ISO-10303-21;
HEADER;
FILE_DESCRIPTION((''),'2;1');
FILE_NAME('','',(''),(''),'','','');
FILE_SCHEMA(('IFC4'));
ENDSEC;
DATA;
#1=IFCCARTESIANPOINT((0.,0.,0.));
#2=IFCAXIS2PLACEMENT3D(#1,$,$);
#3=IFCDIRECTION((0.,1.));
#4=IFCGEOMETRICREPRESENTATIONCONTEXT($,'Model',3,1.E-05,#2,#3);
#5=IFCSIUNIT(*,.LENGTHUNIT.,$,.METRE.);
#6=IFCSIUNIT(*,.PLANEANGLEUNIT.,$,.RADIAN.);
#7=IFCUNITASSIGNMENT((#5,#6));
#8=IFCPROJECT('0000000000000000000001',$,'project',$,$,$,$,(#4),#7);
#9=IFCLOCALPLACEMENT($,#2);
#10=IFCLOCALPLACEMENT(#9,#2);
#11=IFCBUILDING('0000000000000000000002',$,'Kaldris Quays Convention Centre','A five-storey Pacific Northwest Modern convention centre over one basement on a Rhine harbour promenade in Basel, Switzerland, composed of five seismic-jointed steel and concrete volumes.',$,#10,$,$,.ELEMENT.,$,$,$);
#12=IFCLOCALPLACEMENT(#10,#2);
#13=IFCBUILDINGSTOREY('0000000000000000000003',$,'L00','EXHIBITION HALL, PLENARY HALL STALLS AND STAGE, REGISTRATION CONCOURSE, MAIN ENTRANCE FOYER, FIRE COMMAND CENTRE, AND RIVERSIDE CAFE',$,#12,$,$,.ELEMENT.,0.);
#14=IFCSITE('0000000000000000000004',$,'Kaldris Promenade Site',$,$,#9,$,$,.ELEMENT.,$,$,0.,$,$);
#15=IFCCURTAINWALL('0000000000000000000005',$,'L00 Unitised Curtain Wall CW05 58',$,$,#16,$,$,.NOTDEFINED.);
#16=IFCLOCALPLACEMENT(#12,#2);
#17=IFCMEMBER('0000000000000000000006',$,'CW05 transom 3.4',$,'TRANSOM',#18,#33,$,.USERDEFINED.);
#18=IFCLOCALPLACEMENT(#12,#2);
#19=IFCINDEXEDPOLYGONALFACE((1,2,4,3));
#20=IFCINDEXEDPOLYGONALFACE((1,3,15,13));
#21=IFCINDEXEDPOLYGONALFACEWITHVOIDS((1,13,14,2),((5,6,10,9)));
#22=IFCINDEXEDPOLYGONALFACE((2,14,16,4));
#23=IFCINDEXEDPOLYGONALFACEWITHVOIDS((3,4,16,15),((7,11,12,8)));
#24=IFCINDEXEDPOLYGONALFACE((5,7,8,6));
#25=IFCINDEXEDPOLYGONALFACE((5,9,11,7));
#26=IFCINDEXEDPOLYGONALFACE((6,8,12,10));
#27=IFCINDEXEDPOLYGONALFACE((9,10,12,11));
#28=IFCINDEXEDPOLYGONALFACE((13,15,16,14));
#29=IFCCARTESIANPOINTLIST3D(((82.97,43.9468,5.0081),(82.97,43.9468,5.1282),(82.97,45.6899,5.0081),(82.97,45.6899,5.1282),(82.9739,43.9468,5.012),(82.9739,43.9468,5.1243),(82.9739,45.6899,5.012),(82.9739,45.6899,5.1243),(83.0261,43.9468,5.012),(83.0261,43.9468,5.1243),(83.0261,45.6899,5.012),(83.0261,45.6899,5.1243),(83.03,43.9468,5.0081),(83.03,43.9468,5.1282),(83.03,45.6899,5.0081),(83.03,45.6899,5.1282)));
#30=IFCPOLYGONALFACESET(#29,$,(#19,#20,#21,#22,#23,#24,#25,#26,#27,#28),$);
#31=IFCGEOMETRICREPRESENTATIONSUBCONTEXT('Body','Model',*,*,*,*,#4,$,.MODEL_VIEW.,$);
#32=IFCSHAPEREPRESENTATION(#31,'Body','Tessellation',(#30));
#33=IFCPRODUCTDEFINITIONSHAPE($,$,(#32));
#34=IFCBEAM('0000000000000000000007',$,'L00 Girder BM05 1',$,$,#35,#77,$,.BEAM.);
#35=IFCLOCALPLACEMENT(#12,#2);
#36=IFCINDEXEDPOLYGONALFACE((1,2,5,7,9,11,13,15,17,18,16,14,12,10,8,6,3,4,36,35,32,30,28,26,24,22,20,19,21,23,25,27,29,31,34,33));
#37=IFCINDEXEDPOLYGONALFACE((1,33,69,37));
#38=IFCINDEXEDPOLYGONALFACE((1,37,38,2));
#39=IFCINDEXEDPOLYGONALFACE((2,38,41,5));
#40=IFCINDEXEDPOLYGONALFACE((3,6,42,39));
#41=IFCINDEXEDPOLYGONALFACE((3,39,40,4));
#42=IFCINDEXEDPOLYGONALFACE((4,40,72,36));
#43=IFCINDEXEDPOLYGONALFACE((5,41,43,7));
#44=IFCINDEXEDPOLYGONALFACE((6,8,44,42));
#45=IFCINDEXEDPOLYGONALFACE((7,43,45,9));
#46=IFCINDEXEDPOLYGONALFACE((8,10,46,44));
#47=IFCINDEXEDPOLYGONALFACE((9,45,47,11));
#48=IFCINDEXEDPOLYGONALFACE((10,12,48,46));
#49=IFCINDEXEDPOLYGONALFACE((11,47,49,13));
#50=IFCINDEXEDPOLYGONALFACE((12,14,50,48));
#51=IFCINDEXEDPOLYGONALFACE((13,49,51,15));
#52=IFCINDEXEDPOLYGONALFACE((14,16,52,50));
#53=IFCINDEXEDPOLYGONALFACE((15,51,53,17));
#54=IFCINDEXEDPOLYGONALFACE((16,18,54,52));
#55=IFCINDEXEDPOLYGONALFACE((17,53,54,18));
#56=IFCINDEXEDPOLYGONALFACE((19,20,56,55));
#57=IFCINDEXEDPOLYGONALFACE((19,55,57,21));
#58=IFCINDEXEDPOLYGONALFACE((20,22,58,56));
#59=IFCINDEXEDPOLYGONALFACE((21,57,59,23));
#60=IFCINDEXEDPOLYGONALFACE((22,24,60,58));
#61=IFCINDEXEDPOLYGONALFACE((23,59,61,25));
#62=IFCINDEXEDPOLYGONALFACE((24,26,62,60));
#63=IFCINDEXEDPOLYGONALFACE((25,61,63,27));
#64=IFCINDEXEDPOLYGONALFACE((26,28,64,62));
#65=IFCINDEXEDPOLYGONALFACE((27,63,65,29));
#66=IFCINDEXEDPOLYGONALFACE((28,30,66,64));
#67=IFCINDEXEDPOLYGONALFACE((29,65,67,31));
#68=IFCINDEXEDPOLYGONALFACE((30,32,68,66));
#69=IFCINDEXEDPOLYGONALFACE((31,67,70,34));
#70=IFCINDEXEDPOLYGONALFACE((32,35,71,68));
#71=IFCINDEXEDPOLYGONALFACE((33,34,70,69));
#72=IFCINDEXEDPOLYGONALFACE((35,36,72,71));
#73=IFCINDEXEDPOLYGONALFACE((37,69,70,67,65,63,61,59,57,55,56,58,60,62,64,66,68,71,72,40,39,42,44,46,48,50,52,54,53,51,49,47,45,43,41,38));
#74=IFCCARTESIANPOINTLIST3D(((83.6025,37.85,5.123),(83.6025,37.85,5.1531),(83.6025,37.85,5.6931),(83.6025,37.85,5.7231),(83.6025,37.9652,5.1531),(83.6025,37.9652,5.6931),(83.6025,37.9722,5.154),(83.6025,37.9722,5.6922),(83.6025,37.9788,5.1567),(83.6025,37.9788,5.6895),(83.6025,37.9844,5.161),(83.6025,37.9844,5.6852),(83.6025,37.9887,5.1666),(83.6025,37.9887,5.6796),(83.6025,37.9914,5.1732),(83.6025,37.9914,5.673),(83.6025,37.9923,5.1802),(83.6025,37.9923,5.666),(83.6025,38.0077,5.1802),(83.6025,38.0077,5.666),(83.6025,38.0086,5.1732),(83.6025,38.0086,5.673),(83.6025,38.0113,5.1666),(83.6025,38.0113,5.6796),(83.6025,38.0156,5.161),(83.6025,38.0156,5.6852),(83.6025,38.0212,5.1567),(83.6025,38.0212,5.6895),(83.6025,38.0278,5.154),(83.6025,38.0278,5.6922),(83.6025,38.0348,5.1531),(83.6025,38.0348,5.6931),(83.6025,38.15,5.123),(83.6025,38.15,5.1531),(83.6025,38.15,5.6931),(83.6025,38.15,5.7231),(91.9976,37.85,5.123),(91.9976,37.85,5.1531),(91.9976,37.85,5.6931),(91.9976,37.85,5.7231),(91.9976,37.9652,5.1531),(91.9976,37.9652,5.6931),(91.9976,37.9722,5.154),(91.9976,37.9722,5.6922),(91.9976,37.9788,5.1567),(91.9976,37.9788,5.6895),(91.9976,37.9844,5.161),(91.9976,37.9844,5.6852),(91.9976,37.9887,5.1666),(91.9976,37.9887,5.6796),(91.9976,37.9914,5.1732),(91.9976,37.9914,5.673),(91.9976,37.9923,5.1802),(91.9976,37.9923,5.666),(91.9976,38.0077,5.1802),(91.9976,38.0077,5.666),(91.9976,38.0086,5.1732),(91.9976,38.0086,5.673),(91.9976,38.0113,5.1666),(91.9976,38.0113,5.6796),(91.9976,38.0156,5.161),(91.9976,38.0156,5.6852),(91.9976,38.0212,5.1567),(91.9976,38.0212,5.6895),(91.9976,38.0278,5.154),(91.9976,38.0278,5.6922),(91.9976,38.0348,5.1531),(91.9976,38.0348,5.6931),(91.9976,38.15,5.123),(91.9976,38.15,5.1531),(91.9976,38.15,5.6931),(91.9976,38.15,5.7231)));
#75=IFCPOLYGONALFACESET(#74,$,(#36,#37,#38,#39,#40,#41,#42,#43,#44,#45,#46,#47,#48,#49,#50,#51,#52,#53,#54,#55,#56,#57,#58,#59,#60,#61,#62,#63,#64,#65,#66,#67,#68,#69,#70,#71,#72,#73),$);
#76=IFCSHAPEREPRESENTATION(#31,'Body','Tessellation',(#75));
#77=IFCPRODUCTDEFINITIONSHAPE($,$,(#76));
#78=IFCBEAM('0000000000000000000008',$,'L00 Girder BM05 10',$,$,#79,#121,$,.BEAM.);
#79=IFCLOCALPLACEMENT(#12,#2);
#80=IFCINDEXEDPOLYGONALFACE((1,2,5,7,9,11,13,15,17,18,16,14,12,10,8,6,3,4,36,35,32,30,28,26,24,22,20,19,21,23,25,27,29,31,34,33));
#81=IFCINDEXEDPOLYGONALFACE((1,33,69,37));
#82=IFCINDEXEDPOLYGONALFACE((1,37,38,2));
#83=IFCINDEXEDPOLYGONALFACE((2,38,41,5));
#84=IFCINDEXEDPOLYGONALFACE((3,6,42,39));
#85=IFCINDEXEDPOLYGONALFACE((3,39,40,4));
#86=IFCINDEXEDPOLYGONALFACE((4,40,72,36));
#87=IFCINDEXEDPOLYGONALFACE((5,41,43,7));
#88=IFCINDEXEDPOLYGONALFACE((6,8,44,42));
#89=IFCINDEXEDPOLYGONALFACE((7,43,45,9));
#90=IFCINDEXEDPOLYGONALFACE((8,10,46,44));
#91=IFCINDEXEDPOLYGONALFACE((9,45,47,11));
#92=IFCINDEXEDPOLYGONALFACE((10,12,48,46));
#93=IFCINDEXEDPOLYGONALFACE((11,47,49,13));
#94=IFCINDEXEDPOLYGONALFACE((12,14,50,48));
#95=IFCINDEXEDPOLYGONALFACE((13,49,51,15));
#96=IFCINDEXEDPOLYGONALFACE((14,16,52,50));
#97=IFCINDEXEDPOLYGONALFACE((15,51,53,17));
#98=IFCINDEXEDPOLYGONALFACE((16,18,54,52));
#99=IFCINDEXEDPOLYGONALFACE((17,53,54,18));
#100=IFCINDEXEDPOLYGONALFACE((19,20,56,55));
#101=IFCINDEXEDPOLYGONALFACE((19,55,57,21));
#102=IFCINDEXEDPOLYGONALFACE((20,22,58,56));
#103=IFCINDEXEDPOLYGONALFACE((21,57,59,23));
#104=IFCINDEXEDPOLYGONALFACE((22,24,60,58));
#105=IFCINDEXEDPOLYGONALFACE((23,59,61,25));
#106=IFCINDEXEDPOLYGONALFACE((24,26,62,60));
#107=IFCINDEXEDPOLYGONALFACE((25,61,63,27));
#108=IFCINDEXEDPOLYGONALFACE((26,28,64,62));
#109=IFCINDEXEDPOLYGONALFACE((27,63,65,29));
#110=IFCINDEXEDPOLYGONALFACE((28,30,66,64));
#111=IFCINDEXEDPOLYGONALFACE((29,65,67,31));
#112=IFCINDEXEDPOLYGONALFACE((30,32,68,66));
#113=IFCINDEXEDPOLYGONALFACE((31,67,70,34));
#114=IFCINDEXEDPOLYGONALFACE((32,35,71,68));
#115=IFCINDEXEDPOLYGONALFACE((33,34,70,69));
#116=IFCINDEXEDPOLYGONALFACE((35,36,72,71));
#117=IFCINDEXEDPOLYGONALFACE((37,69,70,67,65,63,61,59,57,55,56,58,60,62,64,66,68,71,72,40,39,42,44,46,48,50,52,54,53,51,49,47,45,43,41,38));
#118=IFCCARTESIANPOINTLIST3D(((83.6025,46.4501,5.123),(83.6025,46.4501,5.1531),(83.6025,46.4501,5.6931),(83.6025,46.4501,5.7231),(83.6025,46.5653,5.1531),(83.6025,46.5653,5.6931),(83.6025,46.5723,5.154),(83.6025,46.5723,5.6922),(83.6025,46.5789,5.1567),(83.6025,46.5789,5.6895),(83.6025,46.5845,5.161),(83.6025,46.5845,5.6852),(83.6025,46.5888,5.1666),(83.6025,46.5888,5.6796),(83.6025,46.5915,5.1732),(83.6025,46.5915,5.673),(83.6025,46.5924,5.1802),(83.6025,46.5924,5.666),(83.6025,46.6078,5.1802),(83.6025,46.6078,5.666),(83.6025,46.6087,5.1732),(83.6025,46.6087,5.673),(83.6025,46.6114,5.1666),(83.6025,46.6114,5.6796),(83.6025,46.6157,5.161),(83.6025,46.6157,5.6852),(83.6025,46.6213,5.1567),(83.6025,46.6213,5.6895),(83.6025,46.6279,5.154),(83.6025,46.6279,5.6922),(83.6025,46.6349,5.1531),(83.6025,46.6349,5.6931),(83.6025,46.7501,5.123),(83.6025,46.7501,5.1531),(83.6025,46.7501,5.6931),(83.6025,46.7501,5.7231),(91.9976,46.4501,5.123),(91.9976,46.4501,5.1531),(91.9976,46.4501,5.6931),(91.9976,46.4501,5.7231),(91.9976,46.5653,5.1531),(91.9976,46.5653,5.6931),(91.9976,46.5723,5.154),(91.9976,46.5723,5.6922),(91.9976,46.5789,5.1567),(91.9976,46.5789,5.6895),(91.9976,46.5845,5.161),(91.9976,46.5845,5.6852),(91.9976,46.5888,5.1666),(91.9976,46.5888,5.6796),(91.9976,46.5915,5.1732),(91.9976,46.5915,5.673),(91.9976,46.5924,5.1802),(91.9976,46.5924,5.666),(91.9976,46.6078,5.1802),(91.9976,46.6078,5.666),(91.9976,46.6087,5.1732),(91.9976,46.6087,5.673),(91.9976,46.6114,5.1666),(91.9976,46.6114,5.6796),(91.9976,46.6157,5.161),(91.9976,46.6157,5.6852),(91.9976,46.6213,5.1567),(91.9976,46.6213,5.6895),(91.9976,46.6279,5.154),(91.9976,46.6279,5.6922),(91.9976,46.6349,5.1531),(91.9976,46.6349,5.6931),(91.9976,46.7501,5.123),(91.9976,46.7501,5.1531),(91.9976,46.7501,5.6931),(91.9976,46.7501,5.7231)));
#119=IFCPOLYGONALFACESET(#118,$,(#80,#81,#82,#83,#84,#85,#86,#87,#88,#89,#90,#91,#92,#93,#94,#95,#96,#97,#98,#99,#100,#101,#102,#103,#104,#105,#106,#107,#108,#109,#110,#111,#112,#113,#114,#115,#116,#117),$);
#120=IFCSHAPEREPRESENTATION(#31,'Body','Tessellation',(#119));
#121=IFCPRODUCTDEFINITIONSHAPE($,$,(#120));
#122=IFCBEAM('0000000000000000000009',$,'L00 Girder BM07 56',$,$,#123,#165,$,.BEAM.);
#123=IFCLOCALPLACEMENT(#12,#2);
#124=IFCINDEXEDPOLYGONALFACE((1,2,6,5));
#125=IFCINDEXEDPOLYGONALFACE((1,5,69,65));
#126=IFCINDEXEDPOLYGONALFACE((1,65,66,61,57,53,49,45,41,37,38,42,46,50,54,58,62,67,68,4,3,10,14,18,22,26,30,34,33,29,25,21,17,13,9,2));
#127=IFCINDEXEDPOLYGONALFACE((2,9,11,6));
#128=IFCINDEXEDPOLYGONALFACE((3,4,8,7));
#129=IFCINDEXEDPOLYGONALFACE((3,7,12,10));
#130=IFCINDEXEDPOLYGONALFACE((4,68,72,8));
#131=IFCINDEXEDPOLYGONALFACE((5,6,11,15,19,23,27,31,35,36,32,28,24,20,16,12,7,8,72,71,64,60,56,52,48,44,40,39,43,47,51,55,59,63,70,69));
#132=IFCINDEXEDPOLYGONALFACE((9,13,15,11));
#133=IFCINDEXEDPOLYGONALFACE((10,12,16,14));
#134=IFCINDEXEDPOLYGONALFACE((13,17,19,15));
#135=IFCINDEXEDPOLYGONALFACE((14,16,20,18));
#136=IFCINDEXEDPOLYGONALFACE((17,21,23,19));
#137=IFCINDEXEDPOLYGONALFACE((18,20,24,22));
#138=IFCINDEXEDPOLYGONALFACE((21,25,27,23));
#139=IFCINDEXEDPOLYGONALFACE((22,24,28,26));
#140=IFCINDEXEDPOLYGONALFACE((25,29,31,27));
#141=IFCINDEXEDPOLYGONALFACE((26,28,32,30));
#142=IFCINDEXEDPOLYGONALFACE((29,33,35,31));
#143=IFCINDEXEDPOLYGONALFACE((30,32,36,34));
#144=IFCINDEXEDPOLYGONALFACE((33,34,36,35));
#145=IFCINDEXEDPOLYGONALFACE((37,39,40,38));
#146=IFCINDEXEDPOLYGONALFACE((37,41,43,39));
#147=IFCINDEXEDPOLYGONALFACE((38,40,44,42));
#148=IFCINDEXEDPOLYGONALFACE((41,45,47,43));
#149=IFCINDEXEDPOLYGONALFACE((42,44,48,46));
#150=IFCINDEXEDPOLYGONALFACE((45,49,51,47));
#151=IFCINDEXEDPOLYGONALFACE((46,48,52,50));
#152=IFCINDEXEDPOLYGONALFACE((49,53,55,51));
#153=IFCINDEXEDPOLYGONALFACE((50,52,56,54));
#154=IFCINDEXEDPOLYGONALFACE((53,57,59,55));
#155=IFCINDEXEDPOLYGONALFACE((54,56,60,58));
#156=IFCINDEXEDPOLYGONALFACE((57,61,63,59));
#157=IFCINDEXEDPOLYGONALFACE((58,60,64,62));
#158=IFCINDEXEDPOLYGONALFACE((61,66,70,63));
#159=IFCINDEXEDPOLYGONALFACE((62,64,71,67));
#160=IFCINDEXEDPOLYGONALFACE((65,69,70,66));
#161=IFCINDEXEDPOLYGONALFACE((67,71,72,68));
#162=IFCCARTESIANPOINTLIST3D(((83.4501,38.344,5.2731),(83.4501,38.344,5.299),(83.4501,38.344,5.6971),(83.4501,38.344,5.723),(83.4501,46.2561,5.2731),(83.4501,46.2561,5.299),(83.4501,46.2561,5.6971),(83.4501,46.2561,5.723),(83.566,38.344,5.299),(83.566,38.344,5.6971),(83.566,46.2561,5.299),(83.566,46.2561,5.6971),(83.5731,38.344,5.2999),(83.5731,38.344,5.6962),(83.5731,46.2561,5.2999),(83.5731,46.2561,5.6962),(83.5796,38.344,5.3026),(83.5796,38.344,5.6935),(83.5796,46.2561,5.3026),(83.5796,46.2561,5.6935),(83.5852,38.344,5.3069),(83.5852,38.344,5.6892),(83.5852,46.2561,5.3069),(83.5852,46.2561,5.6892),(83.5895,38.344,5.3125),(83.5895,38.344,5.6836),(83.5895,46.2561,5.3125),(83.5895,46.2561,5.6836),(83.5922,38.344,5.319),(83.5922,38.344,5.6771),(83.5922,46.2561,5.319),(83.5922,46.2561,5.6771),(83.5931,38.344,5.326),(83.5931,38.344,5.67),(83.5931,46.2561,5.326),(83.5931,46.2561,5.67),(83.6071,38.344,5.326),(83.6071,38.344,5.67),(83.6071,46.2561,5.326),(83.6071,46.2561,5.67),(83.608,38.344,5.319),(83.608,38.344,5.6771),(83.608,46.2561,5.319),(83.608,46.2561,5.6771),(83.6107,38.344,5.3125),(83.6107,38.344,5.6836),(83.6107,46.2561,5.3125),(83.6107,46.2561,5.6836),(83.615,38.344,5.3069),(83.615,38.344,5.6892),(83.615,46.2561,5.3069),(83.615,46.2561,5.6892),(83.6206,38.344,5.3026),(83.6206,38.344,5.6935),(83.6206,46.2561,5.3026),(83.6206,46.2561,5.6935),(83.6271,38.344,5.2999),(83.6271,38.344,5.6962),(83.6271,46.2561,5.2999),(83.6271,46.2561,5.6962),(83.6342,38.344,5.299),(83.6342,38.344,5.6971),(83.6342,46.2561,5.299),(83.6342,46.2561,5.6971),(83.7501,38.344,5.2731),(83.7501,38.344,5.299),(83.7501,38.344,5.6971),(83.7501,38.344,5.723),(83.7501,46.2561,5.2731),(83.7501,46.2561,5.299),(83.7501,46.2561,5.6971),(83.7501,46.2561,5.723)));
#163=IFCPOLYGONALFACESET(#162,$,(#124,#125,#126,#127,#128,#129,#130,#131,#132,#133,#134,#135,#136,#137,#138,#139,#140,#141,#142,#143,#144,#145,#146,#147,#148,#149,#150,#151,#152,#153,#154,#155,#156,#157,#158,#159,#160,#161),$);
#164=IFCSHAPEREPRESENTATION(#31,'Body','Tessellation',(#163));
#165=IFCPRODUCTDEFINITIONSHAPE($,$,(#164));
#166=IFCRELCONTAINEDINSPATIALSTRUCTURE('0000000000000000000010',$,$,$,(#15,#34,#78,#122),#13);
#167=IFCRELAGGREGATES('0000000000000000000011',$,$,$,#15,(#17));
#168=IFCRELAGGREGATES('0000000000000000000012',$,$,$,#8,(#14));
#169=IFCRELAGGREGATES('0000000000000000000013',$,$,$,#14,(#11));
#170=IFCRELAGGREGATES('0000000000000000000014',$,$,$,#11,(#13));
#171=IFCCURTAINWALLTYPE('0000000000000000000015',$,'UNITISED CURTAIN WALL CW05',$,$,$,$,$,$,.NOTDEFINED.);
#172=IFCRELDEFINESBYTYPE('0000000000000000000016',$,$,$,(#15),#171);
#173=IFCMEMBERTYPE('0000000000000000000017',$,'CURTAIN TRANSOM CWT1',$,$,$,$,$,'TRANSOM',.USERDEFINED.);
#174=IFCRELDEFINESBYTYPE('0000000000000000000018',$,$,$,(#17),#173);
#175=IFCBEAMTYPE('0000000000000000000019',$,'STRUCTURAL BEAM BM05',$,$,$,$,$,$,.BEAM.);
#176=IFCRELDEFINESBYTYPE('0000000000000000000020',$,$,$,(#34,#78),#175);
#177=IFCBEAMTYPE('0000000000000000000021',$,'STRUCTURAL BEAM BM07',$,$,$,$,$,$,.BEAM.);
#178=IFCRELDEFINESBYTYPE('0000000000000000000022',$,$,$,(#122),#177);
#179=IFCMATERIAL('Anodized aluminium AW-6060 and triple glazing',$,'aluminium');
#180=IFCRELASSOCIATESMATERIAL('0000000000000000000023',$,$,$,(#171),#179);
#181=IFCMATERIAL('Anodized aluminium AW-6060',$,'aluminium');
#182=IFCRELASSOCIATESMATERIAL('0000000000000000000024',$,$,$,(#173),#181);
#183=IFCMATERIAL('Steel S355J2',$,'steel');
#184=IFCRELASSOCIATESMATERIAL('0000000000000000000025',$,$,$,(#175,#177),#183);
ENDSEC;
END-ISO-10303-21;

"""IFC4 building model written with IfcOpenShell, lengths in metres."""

from ifc_helpers import new_model, si_unit, direction, frame, origin, origin_2d, place, context, subcontext, project, spatial, hollow_rectangle, i_section, extrude, material, material_profile, profile_set, type_object, element, aggregate, save


model = new_model("IFC4")

# Units and contexts
model_context = context("Model", 3, precision=1e-05, world=origin(), true_north=direction((0.0, 1.0)))
body_context = subcontext(model_context, "Body", "Model", "MODEL_VIEW")
ifc_project = project(units=[si_unit("LENGTHUNIT", "METRE"), si_unit("PLANEANGLEUNIT", "RADIAN")], contexts=[model_context])

# Site, building, storey
site_placement = place(None, origin())
site = spatial("IfcSite", under=ifc_project, at=site_placement, Name="Kaldris Promenade Site", CompositionType="ELEMENT", RefElevation=0.0)
building_placement = place(site_placement, origin())
building = spatial("IfcBuilding", under=site, at=building_placement, Name="Kaldris Quays Convention Centre", Description="A five-storey Pacific Northwest Modern convention centre over one basement on a Rhine harbour promenade in Basel, Switzerland, composed of five seismic-jointed steel and concrete volumes.", CompositionType="ELEMENT")
storey_placement = place(building_placement, origin())
storey = spatial("IfcBuildingStorey", under=building, at=storey_placement, Name="L00", Description="EXHIBITION HALL, PLENARY HALL STALLS AND STAGE, REGISTRATION CONCOURSE, MAIN ENTRANCE FOYER, FIRE COMMAND CENTRE, AND RIVERSIDE CAFE", CompositionType="ELEMENT", Elevation=0.0)

# Shared definitions
ifc_material_1 = material(Name="Steel S355J2", Category="steel")

# Curtain wall, member
ifc_material_2 = material(Name="Anodized aluminium AW-6060 and triple glazing", Category="aluminium")
curtain_wall_type = type_object("IfcCurtainWallType", Name="UNITISED CURTAIN WALL CW05", PredefinedType="NOTDEFINED", material=ifc_material_2)
curtain_wall_placement = place(storey_placement, origin())
curtain_wall = element("IfcCurtainWall", 1, at=curtain_wall_placement, inside=storey, type_object=curtain_wall_type, Name="L00 Unitised Curtain Wall CW05 58", PredefinedType="NOTDEFINED")
ifc_material_3 = material(Name="Anodized aluminium AW-6060", Category="aluminium")
ifc_material_profile_1 = material_profile(ifc_material_3, hollow_rectangle(XDim=0.0601, YDim=0.1201, WallThickness=0.0039, at=origin_2d()), Name="RHS 120x60x4")
ifc_profile_set_1 = profile_set([ifc_material_profile_1], Name="Anodized aluminium AW-6060")
member_type = type_object("IfcMemberType", Name="CURTAIN TRANSOM CWT1", ElementType="TRANSOM", PredefinedType="USERDEFINED", material=ifc_profile_set_1)
member_1_placement = place(storey_placement, frame((83.0, 43.9468, 5.0681), z_axis=(0.0, 1.0, 0.0), x_axis=(-1.0, 0.0, 0.0)))
member_1 = element("IfcMember", 2, at=member_1_placement, type_object=member_type, Name="CW05 transom 3.4", ObjectType="TRANSOM", PredefinedType="USERDEFINED", context=body_context, shape_type="SweptSolid", body=[
    extrude(hollow_rectangle(XDim=0.0601, YDim=0.1201, WallThickness=0.0039, at=origin_2d()), origin(), (0.0, 0.0, 1.0), 1.7432),
])

# Beams
ifc_material_profile_2 = material_profile(ifc_material_1, i_section(OverallWidth=0.3, OverallDepth=0.6001, WebThickness=0.0154, FlangeThickness=0.03, FilletRadius=0.0271, at=origin_2d()), Name="HEB 600")
ifc_profile_set_2 = profile_set([ifc_material_profile_2], Name="Steel S355J2")
beam_type_1 = type_object("IfcBeamType", Name="STRUCTURAL BEAM BM05", PredefinedType="BEAM", material=ifc_profile_set_2)
for number, where, z_axis, x_axis, name in (
    (3, (83.6025, 38.0, 5.4231), (1.0, 0.0, 0.0), (0.0, 1.0, 0.0), "L00 Girder BM05 1"),
    (4, (83.6025, 46.6001, 5.4231), (1.0, 0.0, 0.0), (0.0, 1.0, 0.0), "L00 Girder BM05 10"),
):
    element("IfcBeam", number, at=place(storey_placement, frame(where, z_axis=z_axis, x_axis=x_axis)), inside=storey, type_object=beam_type_1, Name=name, PredefinedType="BEAM", context=body_context, shape_type="SweptSolid", body=[
        extrude(i_section(OverallWidth=0.3, OverallDepth=0.6001, WebThickness=0.0154, FlangeThickness=0.03, FilletRadius=0.0271, at=origin_2d()), origin(), (0.0, 0.0, 1.0), 8.395),
    ])
ifc_material_profile_3 = material_profile(ifc_material_1, i_section(OverallWidth=0.3, OverallDepth=0.45, WebThickness=0.0139, FlangeThickness=0.0259, FilletRadius=0.0271, at=origin_2d()), Name="HEB 450")
ifc_profile_set_3 = profile_set([ifc_material_profile_3], Name="Steel S355J2")
beam_type_2 = type_object("IfcBeamType", Name="STRUCTURAL BEAM BM07", PredefinedType="BEAM", material=ifc_profile_set_3)
beam_1_placement = place(storey_placement, frame((83.6001, 38.344, 5.498), z_axis=(0.0, 1.0, 0.0), x_axis=(-1.0, 0.0, 0.0)))
element("IfcBeam", 5, at=beam_1_placement, inside=storey, type_object=beam_type_2, Name="L00 Girder BM07 56", PredefinedType="BEAM", context=body_context, shape_type="SweptSolid", body=[
    extrude(i_section(OverallWidth=0.3, OverallDepth=0.45, WebThickness=0.0139, FlangeThickness=0.0259, FilletRadius=0.0271, at=origin_2d()), origin(), (0.0, 0.0, 1.0), 7.9121),
])

aggregate(curtain_wall, [member_1])

save(model, "model.ifc")
